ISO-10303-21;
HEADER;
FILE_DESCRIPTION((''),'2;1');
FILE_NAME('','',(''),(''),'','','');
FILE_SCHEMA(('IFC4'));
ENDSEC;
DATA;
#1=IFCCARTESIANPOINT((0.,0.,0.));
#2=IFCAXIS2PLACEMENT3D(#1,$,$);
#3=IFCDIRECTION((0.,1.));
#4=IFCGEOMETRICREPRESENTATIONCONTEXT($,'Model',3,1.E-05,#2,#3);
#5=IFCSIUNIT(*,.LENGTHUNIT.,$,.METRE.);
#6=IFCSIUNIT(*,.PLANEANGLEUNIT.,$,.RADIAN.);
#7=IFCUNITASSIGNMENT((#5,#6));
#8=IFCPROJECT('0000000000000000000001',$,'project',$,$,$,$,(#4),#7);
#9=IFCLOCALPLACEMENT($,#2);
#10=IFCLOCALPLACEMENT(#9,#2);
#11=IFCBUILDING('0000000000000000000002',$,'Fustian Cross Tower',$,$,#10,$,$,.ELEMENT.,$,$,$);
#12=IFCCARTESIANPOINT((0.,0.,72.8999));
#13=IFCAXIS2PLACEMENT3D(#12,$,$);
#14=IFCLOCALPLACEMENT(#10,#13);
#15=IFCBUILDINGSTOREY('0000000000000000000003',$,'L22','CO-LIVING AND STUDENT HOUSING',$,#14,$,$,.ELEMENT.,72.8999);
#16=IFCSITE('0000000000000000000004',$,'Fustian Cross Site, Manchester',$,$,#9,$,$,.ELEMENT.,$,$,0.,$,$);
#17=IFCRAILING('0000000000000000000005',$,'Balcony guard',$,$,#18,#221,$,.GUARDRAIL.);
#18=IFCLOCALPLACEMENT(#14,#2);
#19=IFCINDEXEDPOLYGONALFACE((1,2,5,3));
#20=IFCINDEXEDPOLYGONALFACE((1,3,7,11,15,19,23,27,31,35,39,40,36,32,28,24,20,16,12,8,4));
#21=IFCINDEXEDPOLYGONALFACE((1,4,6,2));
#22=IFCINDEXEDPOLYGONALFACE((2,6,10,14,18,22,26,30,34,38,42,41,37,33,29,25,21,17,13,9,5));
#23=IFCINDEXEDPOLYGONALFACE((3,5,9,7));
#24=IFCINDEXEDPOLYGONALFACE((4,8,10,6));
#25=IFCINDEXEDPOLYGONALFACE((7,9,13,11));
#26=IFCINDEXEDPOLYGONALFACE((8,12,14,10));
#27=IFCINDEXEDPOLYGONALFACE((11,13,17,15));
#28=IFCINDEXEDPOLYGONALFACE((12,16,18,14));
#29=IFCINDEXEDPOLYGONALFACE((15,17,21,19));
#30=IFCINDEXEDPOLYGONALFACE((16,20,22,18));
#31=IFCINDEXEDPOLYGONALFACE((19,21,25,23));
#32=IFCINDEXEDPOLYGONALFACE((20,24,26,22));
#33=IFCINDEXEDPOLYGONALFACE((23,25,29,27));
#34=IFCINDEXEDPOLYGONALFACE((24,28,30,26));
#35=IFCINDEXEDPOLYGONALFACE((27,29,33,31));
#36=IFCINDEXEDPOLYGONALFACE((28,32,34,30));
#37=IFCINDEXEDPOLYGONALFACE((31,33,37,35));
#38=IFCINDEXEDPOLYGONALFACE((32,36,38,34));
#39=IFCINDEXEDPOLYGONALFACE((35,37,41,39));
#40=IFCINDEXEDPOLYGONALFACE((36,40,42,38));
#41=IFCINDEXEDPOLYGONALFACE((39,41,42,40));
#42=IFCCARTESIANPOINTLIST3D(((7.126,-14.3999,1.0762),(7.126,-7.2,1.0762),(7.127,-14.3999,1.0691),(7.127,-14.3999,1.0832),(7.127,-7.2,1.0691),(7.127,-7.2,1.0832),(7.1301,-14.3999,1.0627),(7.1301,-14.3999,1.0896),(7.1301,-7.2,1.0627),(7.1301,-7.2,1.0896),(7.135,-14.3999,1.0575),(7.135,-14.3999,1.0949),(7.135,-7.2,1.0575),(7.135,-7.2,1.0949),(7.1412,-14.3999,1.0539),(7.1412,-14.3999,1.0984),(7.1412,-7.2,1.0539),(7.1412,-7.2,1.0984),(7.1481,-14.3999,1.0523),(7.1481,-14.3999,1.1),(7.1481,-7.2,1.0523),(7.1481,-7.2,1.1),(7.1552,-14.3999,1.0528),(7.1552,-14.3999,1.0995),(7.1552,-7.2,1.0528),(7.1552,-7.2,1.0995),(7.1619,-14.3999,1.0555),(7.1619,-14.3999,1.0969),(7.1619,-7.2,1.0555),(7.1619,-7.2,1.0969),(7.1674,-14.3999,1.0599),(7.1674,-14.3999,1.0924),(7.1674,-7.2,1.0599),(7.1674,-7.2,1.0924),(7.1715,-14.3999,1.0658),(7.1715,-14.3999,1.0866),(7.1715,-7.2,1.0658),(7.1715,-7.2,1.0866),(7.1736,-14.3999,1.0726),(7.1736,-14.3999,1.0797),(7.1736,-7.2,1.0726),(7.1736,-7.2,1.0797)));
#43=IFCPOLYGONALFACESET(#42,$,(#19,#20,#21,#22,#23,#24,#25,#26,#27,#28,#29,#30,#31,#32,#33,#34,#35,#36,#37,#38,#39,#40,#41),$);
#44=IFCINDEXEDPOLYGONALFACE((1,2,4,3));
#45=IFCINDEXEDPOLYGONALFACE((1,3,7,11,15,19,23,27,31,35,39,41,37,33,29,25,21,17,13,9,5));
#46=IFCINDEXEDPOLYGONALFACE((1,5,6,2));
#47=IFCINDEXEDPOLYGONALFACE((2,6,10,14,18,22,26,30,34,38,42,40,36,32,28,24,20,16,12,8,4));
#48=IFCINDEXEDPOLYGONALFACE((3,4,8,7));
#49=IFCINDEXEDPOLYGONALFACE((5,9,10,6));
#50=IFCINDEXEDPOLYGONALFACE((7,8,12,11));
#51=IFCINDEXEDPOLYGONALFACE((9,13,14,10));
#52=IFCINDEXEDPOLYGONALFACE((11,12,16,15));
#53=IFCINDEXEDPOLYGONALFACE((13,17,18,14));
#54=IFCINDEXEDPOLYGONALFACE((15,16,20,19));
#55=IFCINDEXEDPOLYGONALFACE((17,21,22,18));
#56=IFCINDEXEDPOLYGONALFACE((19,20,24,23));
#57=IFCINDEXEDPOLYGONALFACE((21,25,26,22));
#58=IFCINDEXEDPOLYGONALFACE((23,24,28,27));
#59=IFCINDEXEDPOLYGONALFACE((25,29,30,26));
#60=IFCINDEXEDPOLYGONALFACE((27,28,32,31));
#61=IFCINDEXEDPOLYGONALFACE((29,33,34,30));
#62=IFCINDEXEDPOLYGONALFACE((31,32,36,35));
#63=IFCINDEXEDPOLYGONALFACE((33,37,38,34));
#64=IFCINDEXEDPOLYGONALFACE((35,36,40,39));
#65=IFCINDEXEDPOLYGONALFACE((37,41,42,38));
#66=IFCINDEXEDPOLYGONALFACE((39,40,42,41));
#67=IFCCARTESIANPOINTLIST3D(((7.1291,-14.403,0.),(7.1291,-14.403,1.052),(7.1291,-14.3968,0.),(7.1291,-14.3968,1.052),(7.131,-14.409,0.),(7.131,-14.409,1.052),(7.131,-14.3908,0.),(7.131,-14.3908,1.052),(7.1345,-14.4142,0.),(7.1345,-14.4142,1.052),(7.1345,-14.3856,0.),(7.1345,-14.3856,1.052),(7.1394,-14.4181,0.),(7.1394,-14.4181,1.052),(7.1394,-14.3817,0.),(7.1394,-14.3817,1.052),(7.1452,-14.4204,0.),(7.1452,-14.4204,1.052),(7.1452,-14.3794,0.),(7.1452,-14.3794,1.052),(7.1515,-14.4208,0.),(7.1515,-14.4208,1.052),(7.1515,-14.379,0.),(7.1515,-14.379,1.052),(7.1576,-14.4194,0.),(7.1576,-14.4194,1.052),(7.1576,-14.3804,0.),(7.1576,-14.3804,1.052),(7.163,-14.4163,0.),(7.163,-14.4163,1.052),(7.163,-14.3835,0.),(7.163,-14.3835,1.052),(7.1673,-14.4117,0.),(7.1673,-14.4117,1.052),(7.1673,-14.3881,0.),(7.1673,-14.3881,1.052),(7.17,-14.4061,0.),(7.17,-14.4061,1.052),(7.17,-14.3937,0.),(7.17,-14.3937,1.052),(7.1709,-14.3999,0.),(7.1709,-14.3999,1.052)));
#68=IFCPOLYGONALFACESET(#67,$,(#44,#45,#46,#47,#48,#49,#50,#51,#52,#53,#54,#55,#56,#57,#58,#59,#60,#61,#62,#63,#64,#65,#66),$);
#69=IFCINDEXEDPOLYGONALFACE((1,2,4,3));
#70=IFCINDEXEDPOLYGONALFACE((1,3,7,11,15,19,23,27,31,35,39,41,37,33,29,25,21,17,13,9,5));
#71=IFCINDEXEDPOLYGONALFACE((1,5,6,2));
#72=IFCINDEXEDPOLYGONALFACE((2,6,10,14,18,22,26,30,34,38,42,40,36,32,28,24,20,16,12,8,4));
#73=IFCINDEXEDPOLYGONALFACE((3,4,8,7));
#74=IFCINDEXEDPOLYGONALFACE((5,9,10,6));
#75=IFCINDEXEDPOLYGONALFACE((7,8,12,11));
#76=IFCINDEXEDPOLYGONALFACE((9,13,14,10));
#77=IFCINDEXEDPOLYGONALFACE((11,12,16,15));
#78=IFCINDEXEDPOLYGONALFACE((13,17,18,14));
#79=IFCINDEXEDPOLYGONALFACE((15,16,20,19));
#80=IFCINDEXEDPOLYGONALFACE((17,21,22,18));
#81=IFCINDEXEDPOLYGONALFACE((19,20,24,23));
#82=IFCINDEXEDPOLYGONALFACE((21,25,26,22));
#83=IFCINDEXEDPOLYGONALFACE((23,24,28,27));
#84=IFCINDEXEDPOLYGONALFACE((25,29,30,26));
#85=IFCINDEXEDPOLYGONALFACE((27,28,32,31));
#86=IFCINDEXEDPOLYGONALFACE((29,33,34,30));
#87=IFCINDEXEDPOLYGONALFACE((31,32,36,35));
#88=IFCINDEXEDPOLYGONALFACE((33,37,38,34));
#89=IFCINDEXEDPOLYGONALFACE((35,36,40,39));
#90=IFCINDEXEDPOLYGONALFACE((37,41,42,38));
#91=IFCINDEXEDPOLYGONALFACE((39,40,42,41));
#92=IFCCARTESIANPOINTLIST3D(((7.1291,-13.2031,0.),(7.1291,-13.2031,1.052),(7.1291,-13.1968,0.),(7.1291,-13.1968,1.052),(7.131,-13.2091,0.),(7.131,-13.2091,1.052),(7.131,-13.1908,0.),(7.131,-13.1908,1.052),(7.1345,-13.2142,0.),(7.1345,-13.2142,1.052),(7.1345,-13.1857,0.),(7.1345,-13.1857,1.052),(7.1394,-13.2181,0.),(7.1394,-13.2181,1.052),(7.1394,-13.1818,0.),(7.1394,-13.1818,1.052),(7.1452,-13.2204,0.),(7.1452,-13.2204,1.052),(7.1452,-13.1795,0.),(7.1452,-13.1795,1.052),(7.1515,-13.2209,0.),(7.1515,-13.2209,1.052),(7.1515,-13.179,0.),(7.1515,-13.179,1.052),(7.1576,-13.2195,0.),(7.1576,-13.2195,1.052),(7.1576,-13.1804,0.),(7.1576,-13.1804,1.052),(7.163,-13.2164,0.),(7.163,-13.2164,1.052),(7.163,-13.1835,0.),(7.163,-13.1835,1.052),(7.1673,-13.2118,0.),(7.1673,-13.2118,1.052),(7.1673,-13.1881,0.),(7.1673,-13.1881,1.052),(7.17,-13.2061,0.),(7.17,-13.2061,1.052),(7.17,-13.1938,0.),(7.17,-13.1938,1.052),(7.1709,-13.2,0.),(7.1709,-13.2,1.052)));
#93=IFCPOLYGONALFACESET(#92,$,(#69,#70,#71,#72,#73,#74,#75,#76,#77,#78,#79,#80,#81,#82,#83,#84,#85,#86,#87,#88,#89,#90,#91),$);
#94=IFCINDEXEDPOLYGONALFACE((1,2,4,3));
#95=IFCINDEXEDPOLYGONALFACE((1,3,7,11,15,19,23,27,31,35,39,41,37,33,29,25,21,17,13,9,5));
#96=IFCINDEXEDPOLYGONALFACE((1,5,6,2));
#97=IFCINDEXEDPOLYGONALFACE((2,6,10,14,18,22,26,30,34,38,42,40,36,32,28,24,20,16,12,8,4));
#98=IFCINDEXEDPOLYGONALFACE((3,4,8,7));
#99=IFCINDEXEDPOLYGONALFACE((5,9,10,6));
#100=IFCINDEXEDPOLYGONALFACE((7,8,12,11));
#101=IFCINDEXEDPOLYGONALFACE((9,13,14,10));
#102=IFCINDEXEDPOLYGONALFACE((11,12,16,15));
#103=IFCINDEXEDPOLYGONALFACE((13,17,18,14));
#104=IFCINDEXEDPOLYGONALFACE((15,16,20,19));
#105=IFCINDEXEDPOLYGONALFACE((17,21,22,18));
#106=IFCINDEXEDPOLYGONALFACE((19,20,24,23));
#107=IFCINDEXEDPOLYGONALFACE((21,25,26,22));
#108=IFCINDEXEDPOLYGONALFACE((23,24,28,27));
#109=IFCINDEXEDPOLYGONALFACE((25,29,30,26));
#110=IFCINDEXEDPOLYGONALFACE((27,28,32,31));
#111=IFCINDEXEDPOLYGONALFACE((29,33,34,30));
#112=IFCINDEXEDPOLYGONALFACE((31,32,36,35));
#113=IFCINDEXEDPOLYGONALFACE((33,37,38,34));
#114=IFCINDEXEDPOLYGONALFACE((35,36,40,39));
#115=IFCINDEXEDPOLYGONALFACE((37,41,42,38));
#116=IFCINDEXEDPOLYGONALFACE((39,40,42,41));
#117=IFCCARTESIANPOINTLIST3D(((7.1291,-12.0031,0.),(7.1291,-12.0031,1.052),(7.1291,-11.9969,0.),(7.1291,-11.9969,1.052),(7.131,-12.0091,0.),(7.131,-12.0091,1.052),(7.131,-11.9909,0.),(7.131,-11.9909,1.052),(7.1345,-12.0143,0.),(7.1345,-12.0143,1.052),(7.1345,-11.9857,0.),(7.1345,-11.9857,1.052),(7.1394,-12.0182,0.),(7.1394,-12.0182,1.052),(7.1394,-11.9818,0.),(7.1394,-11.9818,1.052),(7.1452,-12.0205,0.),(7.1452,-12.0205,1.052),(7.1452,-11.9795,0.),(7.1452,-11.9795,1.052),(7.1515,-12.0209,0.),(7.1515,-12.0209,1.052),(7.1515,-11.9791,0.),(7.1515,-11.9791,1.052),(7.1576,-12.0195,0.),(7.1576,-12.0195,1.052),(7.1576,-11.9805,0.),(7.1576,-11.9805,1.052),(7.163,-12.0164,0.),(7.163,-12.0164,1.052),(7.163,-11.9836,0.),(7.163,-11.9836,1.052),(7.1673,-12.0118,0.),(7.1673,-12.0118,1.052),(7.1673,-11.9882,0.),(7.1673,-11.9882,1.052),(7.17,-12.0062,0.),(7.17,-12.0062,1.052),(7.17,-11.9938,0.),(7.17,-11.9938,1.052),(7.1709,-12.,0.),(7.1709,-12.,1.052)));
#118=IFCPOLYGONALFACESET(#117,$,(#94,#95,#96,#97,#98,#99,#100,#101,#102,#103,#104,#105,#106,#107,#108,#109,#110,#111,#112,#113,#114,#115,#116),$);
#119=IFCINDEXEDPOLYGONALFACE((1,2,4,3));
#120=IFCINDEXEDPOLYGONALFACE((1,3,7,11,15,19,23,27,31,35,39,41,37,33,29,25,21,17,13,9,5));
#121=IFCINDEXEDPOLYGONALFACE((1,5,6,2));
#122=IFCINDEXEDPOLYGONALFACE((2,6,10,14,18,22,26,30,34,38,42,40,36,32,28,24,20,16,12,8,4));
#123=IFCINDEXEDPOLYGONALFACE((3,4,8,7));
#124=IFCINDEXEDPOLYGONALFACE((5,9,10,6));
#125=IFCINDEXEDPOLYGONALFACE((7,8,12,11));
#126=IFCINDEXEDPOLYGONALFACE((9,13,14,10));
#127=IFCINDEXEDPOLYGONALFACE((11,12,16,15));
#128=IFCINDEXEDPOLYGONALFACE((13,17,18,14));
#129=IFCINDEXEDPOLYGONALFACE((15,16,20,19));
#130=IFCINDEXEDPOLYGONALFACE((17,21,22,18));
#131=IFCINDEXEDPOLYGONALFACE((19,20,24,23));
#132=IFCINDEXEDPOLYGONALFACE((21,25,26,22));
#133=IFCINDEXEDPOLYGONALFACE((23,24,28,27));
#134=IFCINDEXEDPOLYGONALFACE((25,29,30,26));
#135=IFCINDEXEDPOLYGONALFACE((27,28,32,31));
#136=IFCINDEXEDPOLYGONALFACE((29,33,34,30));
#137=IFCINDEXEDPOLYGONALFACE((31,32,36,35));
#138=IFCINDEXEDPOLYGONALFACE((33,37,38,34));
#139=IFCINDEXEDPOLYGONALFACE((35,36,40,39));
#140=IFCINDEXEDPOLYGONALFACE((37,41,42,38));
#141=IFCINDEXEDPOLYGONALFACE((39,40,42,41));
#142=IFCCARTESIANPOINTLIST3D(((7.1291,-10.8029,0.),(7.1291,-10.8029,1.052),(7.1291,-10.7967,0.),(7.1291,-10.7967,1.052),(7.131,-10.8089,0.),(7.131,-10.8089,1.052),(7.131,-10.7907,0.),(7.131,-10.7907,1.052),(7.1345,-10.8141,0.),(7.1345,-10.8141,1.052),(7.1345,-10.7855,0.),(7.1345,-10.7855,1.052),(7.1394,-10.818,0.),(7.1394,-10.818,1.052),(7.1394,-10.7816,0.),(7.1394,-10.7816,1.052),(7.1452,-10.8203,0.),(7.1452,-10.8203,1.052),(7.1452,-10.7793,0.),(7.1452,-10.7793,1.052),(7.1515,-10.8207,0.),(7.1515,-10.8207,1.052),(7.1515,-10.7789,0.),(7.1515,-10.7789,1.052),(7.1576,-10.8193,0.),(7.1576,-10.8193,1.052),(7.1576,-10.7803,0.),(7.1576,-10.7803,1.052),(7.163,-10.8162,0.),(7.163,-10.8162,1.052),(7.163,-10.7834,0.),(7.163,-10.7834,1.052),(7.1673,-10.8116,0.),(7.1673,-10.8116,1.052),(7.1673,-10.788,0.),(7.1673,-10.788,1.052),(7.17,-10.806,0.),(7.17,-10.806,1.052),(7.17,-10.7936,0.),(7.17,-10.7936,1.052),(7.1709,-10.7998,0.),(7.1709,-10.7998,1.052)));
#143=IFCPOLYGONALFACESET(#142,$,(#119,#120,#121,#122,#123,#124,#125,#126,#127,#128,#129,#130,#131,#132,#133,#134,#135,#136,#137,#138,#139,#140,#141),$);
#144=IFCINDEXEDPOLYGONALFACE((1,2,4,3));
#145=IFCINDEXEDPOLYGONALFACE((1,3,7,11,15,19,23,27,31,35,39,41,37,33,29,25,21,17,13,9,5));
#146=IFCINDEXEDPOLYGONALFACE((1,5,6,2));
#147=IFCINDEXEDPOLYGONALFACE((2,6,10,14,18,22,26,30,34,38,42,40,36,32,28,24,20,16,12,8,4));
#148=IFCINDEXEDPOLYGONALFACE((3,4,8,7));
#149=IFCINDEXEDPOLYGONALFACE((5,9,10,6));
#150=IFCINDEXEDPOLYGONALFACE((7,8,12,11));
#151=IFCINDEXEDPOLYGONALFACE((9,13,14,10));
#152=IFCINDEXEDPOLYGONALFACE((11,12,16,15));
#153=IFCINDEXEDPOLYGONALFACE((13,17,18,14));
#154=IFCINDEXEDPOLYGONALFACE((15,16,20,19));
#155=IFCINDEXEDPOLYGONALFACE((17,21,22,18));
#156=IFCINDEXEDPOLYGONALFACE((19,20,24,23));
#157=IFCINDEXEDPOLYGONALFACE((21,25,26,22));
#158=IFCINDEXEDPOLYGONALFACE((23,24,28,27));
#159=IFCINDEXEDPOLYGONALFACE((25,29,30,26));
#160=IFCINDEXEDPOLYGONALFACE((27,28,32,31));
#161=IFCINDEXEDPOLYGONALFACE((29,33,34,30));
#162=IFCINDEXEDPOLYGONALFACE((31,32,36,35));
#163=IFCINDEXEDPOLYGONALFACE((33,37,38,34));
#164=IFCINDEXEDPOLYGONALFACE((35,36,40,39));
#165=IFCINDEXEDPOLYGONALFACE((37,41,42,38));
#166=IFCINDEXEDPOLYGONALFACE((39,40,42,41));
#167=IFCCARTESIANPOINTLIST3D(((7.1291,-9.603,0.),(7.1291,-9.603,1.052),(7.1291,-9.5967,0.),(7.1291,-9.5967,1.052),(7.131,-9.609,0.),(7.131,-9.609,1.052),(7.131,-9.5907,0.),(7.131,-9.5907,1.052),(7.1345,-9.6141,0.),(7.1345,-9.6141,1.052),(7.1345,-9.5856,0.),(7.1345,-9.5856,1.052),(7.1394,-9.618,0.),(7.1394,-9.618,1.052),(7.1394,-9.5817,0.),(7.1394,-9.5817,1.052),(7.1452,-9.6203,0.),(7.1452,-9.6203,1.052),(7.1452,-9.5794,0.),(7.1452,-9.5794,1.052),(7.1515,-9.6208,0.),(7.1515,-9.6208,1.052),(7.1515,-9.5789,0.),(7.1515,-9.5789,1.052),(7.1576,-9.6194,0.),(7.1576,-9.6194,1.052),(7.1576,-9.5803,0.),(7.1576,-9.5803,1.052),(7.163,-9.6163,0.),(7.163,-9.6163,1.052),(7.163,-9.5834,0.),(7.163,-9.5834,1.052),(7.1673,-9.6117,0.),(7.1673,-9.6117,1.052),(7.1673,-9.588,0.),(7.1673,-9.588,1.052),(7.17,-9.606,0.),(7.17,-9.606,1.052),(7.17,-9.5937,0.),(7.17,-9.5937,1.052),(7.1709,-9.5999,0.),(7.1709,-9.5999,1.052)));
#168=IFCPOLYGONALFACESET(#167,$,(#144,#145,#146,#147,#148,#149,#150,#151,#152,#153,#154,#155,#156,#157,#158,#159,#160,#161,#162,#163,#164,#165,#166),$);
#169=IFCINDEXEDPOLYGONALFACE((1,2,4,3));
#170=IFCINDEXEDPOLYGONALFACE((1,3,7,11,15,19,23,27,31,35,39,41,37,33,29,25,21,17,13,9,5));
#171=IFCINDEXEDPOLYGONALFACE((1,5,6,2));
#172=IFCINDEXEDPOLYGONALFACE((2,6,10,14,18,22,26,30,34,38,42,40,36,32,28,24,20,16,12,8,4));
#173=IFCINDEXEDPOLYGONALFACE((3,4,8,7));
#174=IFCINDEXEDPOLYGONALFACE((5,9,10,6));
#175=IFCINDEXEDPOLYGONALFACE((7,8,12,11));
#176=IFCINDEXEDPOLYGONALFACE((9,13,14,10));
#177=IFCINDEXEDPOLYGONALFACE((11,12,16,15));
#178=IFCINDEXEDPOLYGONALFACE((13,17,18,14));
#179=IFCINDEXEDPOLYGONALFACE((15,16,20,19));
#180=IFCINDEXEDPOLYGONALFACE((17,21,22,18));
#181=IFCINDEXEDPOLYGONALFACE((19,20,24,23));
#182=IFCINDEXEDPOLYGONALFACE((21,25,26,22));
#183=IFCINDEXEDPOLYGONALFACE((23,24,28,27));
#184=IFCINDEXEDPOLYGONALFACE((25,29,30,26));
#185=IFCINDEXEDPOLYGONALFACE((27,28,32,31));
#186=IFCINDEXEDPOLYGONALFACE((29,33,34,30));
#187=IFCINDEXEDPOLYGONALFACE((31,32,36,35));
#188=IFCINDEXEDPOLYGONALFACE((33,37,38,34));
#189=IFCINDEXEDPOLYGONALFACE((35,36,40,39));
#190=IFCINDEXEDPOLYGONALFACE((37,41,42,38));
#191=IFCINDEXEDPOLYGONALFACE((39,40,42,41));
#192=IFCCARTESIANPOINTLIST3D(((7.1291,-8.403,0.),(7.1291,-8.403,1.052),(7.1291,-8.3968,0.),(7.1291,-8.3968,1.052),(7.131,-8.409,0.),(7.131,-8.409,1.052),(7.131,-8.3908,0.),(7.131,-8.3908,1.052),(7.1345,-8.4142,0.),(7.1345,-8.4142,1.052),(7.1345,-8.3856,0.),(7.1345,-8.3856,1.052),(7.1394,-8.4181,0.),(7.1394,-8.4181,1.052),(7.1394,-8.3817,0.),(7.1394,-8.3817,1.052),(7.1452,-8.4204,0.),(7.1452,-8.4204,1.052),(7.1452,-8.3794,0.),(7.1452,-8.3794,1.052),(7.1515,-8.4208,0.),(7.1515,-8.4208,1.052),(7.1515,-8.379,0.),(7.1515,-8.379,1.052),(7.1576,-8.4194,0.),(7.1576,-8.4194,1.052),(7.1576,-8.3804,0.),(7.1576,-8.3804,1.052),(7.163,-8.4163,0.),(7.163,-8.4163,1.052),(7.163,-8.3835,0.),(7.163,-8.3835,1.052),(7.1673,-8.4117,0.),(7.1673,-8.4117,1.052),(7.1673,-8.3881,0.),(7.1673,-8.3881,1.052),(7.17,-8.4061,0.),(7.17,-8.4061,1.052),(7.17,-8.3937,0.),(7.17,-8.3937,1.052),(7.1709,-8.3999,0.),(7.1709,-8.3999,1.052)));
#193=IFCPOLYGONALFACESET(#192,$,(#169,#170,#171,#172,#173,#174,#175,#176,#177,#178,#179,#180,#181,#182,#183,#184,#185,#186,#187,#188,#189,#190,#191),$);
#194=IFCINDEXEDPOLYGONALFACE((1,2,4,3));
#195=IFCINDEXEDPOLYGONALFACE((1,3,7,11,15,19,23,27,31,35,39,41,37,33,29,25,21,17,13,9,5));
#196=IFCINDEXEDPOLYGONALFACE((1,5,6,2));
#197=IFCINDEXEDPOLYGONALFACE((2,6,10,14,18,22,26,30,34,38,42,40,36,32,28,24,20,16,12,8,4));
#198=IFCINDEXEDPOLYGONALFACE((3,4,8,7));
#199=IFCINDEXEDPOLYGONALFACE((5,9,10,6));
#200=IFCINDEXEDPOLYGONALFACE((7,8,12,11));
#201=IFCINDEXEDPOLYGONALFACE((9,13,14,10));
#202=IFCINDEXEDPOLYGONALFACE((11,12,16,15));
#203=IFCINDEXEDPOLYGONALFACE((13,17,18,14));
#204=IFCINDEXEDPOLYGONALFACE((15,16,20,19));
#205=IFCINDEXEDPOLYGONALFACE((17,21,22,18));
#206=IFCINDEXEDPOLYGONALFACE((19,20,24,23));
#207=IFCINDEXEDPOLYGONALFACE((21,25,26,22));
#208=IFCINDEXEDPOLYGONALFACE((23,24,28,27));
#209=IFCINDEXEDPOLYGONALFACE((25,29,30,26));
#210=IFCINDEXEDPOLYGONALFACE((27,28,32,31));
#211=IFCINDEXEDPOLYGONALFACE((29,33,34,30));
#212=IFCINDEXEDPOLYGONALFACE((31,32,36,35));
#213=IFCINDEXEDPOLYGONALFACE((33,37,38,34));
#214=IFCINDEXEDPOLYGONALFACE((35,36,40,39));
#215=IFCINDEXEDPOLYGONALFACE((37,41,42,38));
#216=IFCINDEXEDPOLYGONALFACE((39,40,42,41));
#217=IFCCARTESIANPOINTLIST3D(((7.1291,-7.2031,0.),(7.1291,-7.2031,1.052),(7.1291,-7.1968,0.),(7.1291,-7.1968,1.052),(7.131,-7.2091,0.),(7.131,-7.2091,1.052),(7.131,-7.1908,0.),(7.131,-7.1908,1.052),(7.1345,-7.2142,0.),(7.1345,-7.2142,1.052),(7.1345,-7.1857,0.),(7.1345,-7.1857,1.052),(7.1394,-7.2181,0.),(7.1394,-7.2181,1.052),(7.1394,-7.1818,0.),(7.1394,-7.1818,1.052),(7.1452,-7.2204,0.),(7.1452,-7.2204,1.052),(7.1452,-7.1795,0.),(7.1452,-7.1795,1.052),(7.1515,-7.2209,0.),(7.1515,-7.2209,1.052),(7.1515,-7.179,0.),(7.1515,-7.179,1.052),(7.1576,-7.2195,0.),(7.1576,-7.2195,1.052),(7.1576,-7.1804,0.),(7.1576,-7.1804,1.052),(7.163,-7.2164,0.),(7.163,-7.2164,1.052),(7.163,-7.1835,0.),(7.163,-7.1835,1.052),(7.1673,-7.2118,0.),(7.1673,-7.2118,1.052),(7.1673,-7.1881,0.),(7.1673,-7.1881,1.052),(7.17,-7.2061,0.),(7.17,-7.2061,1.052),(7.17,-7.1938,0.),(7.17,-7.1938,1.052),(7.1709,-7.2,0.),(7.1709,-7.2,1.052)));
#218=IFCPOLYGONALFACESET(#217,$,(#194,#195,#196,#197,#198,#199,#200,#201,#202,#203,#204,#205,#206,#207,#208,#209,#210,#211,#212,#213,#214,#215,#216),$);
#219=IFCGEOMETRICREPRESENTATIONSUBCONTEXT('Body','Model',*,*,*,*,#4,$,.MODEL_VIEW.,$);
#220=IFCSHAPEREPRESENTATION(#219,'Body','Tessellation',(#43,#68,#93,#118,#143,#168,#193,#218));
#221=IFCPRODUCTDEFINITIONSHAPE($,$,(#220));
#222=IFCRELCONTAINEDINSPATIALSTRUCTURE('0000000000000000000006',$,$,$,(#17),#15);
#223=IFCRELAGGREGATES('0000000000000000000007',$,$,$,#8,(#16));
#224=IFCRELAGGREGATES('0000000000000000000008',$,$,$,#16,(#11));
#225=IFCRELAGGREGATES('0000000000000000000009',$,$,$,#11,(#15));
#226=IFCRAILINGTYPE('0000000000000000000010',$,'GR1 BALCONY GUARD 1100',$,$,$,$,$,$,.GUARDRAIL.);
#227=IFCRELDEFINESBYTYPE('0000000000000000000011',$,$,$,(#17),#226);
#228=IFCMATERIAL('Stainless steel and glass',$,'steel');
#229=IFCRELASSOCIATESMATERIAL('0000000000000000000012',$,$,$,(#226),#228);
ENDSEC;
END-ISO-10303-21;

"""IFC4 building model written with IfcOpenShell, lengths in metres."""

from ifc_helpers import new_model, si_unit, direction, frame, origin, origin_2d, place, context, subcontext, project, spatial, circle, extrude, material, type_object, element, save


model = new_model("IFC4")

# Units and contexts
model_context = context("Model", 3, precision=1e-05, world=origin(), true_north=direction((0.0, 1.0)))
body_context = subcontext(model_context, "Body", "Model", "MODEL_VIEW")
ifc_project = project(units=[si_unit("LENGTHUNIT", "METRE"), si_unit("PLANEANGLEUNIT", "RADIAN")], contexts=[model_context])

# Site, building, storey
site_placement = place(None, origin())
site = spatial("IfcSite", under=ifc_project, at=site_placement, Name="Fustian Cross Site, Manchester", CompositionType="ELEMENT", RefElevation=0.0)
building_placement = place(site_placement, origin())
building = spatial("IfcBuilding", under=site, at=building_placement, Name="Fustian Cross Tower", CompositionType="ELEMENT")
storey_placement = place(building_placement, frame((0.0, 0.0, 72.8999)))
storey = spatial("IfcBuildingStorey", under=building, at=storey_placement, Name="L22", Description="CO-LIVING AND STUDENT HOUSING", CompositionType="ELEMENT", Elevation=72.8999)

# Railing
ifc_material_1 = material(Name="Stainless steel and glass", Category="steel")
railing_type_1 = type_object("IfcRailingType", Name="GR1 BALCONY GUARD 1100", PredefinedType="GUARDRAIL", material=ifc_material_1)
railing_1_placement = place(storey_placement, frame((7.1499, -14.3999, 0.0)))
element("IfcRailing", 1, at=railing_1_placement, inside=storey, type_object=railing_type_1, Name="Balcony guard", PredefinedType="GUARDRAIL", context=body_context, shape_type="SweptSolid", body=[
    extrude(circle(Radius=0.0239, at=origin_2d()), frame((0.0, 0.0, 1.0762), z_axis=(0.0, 1.0, 0.0), x_axis=(-1.0, 0.0, 0.0)), (0.0, 0.0, 1.0), 7.2),
    extrude(circle(Radius=0.021, at=origin_2d()), origin(), (0.0, 0.0, 1.0), 1.052),
    extrude(circle(Radius=0.021, at=origin_2d()), frame((0.0, 1.2, 0.0)), (0.0, 0.0, 1.0), 1.052),
    extrude(circle(Radius=0.021, at=origin_2d()), frame((0.0, 2.3999, 0.0)), (0.0, 0.0, 1.0), 1.052),
    extrude(circle(Radius=0.021, at=origin_2d()), frame((0.0, 3.6001, 0.0)), (0.0, 0.0, 1.0), 1.052),
    extrude(circle(Radius=0.021, at=origin_2d()), frame((0.0, 4.8, 0.0)), (0.0, 0.0, 1.0), 1.052),
    extrude(circle(Radius=0.021, at=origin_2d()), frame((0.0, 6.0, 0.0)), (0.0, 0.0, 1.0), 1.052),
    extrude(circle(Radius=0.021, at=origin_2d()), frame((0.0, 7.2, 0.0)), (0.0, 0.0, 1.0), 1.052),
])

save(model, "model.ifc")
